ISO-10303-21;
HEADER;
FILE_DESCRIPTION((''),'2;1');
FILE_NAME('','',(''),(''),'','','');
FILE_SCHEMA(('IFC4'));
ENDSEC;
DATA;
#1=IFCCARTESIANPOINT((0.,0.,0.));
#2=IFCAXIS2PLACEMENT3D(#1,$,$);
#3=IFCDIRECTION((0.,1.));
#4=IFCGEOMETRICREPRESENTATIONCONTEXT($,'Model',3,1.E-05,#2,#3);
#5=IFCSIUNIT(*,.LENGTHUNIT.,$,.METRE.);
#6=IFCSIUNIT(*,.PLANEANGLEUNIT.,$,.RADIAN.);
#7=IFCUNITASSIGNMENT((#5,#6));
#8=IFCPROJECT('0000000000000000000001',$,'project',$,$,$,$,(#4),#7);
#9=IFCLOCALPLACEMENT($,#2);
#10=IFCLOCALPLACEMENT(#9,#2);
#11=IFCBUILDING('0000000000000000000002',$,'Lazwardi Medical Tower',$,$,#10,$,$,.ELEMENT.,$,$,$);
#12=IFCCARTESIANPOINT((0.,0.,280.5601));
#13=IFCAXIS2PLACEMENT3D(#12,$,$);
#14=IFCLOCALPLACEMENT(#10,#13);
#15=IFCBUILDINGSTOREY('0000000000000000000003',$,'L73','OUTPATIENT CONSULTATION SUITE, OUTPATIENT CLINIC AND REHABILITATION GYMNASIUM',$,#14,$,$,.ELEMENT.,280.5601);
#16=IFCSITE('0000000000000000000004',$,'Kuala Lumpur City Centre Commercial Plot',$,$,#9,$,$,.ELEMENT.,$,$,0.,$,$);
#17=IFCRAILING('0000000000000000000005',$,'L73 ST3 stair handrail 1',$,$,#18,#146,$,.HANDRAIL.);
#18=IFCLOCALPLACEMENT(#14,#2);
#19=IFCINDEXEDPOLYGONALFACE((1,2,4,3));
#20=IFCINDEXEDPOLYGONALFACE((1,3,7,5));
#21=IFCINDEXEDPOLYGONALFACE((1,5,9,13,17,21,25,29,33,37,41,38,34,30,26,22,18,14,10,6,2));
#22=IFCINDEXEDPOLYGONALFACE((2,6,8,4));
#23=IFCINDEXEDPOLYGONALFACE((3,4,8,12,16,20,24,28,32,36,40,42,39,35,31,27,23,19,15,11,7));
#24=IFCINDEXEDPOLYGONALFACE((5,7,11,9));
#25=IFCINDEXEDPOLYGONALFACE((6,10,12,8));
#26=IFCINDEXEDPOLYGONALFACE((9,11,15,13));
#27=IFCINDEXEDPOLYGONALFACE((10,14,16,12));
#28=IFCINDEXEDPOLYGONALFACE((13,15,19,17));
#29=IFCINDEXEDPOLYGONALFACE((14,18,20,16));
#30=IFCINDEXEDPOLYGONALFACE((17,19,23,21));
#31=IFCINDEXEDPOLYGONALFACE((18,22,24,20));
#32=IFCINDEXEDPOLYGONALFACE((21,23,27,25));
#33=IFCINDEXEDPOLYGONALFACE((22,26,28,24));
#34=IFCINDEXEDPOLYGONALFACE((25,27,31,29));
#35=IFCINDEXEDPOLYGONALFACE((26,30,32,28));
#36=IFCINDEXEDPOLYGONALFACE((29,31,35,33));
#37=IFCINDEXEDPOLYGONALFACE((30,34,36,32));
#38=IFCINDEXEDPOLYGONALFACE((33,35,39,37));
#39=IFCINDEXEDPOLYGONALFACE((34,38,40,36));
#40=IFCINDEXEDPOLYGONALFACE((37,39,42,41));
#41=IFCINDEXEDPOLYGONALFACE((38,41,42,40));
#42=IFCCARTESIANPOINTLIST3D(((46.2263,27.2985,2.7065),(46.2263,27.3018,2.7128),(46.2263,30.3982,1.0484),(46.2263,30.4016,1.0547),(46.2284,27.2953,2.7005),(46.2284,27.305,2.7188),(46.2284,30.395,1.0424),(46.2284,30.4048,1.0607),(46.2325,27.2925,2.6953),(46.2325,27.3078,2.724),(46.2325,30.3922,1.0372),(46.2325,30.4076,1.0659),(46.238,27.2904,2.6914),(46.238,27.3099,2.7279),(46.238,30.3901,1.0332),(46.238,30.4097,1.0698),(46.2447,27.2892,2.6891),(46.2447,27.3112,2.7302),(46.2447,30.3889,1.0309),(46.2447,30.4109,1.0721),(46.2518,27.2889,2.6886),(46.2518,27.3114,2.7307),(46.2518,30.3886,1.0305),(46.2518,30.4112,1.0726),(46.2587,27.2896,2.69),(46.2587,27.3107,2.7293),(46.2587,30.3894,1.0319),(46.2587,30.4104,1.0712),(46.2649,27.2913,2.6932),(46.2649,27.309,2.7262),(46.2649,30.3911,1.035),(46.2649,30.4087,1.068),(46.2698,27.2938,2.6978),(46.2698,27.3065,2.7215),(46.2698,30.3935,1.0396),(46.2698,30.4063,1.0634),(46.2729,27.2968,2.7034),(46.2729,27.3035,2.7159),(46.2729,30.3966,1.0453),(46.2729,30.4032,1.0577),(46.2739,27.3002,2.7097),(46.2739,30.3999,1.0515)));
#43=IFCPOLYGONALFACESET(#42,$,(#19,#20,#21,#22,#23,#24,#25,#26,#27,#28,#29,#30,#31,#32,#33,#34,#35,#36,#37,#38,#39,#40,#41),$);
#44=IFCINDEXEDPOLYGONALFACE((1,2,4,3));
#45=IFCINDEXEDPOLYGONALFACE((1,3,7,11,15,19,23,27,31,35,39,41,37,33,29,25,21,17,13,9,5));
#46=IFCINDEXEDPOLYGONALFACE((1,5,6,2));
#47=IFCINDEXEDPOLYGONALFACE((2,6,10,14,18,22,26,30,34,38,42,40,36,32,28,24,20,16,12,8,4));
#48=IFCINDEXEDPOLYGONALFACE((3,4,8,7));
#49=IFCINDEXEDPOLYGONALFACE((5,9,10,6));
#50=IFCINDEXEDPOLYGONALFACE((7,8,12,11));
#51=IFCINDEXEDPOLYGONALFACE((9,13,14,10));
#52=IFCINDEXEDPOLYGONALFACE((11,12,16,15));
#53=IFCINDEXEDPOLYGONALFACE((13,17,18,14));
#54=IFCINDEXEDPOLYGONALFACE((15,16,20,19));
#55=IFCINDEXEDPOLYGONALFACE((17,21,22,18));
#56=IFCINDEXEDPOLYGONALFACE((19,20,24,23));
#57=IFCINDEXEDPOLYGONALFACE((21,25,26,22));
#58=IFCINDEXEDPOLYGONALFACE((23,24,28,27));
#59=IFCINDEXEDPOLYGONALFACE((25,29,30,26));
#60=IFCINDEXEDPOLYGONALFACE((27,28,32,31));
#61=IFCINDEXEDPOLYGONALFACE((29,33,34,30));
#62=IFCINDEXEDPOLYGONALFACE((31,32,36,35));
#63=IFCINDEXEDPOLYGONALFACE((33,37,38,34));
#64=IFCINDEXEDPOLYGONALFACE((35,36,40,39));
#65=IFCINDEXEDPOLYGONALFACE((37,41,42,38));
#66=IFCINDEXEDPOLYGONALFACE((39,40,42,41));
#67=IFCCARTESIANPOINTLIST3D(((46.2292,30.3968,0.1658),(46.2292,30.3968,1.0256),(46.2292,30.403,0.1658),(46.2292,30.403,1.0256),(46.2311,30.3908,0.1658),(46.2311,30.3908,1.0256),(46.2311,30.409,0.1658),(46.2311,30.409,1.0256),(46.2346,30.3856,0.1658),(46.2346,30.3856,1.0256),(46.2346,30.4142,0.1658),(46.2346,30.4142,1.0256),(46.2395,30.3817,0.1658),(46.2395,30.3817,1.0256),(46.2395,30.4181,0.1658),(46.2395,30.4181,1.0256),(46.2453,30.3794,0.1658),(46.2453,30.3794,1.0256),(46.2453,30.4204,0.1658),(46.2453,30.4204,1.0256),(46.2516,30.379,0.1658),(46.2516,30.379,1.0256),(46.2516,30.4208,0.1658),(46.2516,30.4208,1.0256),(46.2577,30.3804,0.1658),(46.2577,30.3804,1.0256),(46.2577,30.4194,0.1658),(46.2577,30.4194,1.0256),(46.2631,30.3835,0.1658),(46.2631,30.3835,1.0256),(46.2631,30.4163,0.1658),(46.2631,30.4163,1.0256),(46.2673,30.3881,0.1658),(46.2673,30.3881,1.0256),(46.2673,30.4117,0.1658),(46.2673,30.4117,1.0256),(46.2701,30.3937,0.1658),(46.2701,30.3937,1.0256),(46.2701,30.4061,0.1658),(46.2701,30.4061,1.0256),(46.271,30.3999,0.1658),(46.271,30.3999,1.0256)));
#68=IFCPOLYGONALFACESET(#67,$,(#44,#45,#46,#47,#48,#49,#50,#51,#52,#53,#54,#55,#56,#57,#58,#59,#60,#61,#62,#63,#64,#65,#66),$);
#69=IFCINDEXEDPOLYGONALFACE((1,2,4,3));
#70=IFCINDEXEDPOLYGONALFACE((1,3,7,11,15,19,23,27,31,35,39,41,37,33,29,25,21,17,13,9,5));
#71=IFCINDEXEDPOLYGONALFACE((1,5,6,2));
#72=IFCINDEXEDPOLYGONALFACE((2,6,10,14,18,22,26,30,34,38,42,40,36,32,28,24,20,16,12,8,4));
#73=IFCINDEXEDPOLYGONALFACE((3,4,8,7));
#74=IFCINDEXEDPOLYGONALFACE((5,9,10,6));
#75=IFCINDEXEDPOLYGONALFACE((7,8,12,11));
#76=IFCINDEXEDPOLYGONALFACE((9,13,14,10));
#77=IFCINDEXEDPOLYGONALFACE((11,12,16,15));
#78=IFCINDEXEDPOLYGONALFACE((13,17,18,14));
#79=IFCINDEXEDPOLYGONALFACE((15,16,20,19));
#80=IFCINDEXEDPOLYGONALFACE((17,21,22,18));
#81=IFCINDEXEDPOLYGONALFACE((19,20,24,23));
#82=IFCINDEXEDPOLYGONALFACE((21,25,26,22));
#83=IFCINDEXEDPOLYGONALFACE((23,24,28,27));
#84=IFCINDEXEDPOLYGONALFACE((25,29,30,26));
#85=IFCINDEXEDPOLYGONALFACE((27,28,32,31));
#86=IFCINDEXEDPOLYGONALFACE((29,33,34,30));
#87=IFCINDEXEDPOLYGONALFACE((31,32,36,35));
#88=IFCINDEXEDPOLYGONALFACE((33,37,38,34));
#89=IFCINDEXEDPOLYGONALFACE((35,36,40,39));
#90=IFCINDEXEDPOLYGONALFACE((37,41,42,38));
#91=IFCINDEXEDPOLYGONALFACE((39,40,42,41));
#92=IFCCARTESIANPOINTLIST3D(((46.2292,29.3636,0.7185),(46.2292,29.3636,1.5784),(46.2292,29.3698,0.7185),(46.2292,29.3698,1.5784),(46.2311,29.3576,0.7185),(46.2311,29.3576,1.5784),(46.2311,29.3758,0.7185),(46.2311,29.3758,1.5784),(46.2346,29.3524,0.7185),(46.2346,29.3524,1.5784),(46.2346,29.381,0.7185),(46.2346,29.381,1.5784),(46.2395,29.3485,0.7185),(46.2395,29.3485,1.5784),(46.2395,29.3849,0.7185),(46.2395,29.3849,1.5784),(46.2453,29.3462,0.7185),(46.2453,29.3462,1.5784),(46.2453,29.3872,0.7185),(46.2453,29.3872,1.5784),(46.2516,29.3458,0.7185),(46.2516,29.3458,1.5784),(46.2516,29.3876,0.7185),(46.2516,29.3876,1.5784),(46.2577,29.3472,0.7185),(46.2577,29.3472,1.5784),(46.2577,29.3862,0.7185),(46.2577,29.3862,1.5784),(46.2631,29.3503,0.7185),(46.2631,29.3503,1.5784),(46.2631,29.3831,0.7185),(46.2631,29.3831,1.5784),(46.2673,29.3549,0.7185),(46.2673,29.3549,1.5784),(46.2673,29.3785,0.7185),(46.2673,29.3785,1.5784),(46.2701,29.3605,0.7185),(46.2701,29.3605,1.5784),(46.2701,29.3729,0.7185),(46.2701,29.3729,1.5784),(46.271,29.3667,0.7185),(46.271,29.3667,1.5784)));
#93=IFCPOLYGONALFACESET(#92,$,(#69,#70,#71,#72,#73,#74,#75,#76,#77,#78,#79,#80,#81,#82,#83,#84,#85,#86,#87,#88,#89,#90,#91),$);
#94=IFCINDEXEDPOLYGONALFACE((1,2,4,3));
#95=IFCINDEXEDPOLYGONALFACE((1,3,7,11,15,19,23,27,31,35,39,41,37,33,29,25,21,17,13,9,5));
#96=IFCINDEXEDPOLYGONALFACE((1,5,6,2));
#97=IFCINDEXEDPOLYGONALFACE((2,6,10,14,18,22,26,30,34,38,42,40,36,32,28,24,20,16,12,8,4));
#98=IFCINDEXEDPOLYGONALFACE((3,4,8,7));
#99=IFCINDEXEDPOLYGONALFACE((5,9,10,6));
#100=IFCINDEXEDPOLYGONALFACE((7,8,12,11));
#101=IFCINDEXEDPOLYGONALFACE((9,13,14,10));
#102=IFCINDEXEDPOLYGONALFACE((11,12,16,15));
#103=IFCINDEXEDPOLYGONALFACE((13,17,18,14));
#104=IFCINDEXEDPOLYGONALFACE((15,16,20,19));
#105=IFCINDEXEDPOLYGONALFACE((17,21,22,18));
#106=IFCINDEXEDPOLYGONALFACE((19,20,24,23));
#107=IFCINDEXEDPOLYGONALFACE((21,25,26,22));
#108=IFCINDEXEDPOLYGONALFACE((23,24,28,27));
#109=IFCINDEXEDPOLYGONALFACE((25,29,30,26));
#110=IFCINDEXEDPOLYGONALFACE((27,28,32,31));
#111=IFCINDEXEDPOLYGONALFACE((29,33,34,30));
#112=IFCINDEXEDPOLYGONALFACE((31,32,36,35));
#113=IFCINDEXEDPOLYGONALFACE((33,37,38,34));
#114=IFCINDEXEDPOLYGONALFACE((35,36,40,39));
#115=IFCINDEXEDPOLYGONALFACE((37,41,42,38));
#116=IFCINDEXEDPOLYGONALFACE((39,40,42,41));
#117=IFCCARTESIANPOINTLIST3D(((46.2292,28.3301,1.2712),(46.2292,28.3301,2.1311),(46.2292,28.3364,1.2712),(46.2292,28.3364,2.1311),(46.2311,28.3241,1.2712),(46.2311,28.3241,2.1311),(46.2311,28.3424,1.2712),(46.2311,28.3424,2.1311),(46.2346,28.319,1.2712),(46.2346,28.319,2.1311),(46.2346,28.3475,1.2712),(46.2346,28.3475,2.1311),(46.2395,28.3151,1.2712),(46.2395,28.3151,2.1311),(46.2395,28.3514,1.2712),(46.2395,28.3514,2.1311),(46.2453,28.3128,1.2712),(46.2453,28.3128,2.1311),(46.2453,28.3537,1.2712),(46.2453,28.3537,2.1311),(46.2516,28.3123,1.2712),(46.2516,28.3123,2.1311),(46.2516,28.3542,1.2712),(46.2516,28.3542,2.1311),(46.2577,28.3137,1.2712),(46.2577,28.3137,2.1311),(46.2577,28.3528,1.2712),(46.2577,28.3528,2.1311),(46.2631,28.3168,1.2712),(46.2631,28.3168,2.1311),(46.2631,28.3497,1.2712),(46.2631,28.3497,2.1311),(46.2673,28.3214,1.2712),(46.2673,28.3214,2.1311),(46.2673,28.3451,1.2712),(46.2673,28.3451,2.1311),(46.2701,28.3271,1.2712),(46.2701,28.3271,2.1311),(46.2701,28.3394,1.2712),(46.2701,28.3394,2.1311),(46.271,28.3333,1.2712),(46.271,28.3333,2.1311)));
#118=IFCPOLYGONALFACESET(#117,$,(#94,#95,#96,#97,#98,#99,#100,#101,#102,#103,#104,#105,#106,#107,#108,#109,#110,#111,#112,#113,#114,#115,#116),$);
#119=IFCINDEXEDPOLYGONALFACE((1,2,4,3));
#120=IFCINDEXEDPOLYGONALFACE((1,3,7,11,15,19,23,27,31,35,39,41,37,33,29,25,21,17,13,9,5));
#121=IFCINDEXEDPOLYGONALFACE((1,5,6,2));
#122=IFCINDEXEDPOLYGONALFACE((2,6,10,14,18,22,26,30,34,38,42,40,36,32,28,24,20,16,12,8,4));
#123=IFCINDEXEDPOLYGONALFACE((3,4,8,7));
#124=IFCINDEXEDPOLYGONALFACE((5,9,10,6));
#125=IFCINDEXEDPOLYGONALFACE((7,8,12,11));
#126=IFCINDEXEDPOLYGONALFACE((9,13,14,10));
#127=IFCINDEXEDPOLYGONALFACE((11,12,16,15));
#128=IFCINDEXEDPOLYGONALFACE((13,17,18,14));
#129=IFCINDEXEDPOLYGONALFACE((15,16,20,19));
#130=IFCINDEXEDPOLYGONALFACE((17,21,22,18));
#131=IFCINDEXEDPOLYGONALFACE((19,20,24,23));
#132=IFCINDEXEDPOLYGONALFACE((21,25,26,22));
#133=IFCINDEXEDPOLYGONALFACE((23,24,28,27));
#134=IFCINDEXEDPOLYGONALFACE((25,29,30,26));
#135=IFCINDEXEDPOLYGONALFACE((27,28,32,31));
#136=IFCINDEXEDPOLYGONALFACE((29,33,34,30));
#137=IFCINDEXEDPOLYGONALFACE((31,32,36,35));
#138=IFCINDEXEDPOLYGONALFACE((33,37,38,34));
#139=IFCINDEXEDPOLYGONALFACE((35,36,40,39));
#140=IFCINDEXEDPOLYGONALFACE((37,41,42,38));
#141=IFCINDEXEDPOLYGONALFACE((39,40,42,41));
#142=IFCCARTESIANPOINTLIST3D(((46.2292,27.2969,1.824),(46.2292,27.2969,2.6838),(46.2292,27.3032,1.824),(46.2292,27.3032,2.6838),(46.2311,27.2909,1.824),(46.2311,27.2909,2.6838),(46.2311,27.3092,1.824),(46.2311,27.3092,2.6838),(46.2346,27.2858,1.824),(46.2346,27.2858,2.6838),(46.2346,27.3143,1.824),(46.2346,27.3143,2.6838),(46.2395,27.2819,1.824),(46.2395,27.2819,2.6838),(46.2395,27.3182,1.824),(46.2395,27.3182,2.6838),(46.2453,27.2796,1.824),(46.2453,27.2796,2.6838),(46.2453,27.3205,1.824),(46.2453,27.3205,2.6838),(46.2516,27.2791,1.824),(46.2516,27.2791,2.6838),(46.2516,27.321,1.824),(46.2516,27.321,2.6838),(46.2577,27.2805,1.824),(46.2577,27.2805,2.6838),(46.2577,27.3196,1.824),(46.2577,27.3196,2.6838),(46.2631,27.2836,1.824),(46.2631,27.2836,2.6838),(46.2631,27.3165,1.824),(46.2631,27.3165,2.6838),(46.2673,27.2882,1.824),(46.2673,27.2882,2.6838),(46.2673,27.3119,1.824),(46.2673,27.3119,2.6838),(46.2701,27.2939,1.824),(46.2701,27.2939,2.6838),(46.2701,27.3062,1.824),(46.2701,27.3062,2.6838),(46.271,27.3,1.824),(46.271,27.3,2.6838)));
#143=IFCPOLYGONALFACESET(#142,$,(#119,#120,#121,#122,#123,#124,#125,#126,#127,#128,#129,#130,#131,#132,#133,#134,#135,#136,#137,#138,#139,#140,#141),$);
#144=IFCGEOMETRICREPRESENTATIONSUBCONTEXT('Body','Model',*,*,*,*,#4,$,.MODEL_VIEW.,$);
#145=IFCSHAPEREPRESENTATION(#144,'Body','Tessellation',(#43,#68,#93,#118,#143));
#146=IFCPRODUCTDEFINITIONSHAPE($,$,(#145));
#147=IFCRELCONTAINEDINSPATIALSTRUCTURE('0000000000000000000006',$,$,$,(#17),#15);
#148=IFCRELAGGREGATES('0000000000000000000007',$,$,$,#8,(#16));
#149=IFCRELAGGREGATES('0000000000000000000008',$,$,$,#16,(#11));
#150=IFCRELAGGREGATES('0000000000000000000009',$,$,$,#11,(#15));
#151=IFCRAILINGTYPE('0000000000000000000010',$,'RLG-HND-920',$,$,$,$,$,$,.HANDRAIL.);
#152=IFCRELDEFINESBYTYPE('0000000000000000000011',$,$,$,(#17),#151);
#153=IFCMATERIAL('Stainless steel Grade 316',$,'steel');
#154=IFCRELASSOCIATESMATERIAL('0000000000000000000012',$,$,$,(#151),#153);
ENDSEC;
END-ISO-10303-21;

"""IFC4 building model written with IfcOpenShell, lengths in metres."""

from ifc_helpers import new_model, si_unit, direction, frame, origin, origin_2d, place, context, subcontext, project, spatial, circle, extrude, material, type_object, element, save


model = new_model("IFC4")

# Units and contexts
model_context = context("Model", 3, precision=1e-05, world=origin(), true_north=direction((0.0, 1.0)))
body_context = subcontext(model_context, "Body", "Model", "MODEL_VIEW")
ifc_project = project(units=[si_unit("LENGTHUNIT", "METRE"), si_unit("PLANEANGLEUNIT", "RADIAN")], contexts=[model_context])

# Site, building, storey
site_placement = place(None, origin())
site = spatial("IfcSite", under=ifc_project, at=site_placement, Name="Kuala Lumpur City Centre Commercial Plot", CompositionType="ELEMENT", RefElevation=0.0)
building_placement = place(site_placement, origin())
building = spatial("IfcBuilding", under=site, at=building_placement, Name="Lazwardi Medical Tower", CompositionType="ELEMENT")
storey_placement = place(building_placement, frame((0.0, 0.0, 280.5601)))
storey = spatial("IfcBuildingStorey", under=building, at=storey_placement, Name="L73", Description="OUTPATIENT CONSULTATION SUITE, OUTPATIENT CLINIC AND REHABILITATION GYMNASIUM", CompositionType="ELEMENT", Elevation=280.5601)

# Railing
ifc_material_1 = material(Name="Stainless steel Grade 316", Category="steel")
railing_type_1 = type_object("IfcRailingType", Name="RLG-HND-920", PredefinedType="HANDRAIL", material=ifc_material_1)
railing_1_placement = place(storey_placement, frame((46.25, 30.3999, 0.1658)))
element("IfcRailing", 1, at=railing_1_placement, inside=storey, type_object=railing_type_1, Name="L73 ST3 stair handrail 1", PredefinedType="HANDRAIL", context=body_context, shape_type="SweptSolid", body=[
    extrude(circle(Radius=0.0239, at=origin_2d()), frame((0.0, 0.0, 0.8857), z_axis=(0.0, -0.881768, 0.471684), x_axis=(1.0, 0.0, 0.0)), (0.0, 0.0, 1.0), 3.5154),
    extrude(circle(Radius=0.021, at=origin_2d()), origin(), (0.0, 0.0, 1.0), 0.8599),
    extrude(circle(Radius=0.021, at=origin_2d()), frame((0.0, -1.0332, 0.5527)), (0.0, 0.0, 1.0), 0.8599),
    extrude(circle(Radius=0.021, at=origin_2d()), frame((0.0, -2.0667, 1.1055)), (0.0, 0.0, 1.0), 0.8599),
    extrude(circle(Radius=0.021, at=origin_2d()), frame((0.0, -3.0999, 1.6582)), (0.0, 0.0, 1.0), 0.8599),
])

save(model, "model.ifc")
